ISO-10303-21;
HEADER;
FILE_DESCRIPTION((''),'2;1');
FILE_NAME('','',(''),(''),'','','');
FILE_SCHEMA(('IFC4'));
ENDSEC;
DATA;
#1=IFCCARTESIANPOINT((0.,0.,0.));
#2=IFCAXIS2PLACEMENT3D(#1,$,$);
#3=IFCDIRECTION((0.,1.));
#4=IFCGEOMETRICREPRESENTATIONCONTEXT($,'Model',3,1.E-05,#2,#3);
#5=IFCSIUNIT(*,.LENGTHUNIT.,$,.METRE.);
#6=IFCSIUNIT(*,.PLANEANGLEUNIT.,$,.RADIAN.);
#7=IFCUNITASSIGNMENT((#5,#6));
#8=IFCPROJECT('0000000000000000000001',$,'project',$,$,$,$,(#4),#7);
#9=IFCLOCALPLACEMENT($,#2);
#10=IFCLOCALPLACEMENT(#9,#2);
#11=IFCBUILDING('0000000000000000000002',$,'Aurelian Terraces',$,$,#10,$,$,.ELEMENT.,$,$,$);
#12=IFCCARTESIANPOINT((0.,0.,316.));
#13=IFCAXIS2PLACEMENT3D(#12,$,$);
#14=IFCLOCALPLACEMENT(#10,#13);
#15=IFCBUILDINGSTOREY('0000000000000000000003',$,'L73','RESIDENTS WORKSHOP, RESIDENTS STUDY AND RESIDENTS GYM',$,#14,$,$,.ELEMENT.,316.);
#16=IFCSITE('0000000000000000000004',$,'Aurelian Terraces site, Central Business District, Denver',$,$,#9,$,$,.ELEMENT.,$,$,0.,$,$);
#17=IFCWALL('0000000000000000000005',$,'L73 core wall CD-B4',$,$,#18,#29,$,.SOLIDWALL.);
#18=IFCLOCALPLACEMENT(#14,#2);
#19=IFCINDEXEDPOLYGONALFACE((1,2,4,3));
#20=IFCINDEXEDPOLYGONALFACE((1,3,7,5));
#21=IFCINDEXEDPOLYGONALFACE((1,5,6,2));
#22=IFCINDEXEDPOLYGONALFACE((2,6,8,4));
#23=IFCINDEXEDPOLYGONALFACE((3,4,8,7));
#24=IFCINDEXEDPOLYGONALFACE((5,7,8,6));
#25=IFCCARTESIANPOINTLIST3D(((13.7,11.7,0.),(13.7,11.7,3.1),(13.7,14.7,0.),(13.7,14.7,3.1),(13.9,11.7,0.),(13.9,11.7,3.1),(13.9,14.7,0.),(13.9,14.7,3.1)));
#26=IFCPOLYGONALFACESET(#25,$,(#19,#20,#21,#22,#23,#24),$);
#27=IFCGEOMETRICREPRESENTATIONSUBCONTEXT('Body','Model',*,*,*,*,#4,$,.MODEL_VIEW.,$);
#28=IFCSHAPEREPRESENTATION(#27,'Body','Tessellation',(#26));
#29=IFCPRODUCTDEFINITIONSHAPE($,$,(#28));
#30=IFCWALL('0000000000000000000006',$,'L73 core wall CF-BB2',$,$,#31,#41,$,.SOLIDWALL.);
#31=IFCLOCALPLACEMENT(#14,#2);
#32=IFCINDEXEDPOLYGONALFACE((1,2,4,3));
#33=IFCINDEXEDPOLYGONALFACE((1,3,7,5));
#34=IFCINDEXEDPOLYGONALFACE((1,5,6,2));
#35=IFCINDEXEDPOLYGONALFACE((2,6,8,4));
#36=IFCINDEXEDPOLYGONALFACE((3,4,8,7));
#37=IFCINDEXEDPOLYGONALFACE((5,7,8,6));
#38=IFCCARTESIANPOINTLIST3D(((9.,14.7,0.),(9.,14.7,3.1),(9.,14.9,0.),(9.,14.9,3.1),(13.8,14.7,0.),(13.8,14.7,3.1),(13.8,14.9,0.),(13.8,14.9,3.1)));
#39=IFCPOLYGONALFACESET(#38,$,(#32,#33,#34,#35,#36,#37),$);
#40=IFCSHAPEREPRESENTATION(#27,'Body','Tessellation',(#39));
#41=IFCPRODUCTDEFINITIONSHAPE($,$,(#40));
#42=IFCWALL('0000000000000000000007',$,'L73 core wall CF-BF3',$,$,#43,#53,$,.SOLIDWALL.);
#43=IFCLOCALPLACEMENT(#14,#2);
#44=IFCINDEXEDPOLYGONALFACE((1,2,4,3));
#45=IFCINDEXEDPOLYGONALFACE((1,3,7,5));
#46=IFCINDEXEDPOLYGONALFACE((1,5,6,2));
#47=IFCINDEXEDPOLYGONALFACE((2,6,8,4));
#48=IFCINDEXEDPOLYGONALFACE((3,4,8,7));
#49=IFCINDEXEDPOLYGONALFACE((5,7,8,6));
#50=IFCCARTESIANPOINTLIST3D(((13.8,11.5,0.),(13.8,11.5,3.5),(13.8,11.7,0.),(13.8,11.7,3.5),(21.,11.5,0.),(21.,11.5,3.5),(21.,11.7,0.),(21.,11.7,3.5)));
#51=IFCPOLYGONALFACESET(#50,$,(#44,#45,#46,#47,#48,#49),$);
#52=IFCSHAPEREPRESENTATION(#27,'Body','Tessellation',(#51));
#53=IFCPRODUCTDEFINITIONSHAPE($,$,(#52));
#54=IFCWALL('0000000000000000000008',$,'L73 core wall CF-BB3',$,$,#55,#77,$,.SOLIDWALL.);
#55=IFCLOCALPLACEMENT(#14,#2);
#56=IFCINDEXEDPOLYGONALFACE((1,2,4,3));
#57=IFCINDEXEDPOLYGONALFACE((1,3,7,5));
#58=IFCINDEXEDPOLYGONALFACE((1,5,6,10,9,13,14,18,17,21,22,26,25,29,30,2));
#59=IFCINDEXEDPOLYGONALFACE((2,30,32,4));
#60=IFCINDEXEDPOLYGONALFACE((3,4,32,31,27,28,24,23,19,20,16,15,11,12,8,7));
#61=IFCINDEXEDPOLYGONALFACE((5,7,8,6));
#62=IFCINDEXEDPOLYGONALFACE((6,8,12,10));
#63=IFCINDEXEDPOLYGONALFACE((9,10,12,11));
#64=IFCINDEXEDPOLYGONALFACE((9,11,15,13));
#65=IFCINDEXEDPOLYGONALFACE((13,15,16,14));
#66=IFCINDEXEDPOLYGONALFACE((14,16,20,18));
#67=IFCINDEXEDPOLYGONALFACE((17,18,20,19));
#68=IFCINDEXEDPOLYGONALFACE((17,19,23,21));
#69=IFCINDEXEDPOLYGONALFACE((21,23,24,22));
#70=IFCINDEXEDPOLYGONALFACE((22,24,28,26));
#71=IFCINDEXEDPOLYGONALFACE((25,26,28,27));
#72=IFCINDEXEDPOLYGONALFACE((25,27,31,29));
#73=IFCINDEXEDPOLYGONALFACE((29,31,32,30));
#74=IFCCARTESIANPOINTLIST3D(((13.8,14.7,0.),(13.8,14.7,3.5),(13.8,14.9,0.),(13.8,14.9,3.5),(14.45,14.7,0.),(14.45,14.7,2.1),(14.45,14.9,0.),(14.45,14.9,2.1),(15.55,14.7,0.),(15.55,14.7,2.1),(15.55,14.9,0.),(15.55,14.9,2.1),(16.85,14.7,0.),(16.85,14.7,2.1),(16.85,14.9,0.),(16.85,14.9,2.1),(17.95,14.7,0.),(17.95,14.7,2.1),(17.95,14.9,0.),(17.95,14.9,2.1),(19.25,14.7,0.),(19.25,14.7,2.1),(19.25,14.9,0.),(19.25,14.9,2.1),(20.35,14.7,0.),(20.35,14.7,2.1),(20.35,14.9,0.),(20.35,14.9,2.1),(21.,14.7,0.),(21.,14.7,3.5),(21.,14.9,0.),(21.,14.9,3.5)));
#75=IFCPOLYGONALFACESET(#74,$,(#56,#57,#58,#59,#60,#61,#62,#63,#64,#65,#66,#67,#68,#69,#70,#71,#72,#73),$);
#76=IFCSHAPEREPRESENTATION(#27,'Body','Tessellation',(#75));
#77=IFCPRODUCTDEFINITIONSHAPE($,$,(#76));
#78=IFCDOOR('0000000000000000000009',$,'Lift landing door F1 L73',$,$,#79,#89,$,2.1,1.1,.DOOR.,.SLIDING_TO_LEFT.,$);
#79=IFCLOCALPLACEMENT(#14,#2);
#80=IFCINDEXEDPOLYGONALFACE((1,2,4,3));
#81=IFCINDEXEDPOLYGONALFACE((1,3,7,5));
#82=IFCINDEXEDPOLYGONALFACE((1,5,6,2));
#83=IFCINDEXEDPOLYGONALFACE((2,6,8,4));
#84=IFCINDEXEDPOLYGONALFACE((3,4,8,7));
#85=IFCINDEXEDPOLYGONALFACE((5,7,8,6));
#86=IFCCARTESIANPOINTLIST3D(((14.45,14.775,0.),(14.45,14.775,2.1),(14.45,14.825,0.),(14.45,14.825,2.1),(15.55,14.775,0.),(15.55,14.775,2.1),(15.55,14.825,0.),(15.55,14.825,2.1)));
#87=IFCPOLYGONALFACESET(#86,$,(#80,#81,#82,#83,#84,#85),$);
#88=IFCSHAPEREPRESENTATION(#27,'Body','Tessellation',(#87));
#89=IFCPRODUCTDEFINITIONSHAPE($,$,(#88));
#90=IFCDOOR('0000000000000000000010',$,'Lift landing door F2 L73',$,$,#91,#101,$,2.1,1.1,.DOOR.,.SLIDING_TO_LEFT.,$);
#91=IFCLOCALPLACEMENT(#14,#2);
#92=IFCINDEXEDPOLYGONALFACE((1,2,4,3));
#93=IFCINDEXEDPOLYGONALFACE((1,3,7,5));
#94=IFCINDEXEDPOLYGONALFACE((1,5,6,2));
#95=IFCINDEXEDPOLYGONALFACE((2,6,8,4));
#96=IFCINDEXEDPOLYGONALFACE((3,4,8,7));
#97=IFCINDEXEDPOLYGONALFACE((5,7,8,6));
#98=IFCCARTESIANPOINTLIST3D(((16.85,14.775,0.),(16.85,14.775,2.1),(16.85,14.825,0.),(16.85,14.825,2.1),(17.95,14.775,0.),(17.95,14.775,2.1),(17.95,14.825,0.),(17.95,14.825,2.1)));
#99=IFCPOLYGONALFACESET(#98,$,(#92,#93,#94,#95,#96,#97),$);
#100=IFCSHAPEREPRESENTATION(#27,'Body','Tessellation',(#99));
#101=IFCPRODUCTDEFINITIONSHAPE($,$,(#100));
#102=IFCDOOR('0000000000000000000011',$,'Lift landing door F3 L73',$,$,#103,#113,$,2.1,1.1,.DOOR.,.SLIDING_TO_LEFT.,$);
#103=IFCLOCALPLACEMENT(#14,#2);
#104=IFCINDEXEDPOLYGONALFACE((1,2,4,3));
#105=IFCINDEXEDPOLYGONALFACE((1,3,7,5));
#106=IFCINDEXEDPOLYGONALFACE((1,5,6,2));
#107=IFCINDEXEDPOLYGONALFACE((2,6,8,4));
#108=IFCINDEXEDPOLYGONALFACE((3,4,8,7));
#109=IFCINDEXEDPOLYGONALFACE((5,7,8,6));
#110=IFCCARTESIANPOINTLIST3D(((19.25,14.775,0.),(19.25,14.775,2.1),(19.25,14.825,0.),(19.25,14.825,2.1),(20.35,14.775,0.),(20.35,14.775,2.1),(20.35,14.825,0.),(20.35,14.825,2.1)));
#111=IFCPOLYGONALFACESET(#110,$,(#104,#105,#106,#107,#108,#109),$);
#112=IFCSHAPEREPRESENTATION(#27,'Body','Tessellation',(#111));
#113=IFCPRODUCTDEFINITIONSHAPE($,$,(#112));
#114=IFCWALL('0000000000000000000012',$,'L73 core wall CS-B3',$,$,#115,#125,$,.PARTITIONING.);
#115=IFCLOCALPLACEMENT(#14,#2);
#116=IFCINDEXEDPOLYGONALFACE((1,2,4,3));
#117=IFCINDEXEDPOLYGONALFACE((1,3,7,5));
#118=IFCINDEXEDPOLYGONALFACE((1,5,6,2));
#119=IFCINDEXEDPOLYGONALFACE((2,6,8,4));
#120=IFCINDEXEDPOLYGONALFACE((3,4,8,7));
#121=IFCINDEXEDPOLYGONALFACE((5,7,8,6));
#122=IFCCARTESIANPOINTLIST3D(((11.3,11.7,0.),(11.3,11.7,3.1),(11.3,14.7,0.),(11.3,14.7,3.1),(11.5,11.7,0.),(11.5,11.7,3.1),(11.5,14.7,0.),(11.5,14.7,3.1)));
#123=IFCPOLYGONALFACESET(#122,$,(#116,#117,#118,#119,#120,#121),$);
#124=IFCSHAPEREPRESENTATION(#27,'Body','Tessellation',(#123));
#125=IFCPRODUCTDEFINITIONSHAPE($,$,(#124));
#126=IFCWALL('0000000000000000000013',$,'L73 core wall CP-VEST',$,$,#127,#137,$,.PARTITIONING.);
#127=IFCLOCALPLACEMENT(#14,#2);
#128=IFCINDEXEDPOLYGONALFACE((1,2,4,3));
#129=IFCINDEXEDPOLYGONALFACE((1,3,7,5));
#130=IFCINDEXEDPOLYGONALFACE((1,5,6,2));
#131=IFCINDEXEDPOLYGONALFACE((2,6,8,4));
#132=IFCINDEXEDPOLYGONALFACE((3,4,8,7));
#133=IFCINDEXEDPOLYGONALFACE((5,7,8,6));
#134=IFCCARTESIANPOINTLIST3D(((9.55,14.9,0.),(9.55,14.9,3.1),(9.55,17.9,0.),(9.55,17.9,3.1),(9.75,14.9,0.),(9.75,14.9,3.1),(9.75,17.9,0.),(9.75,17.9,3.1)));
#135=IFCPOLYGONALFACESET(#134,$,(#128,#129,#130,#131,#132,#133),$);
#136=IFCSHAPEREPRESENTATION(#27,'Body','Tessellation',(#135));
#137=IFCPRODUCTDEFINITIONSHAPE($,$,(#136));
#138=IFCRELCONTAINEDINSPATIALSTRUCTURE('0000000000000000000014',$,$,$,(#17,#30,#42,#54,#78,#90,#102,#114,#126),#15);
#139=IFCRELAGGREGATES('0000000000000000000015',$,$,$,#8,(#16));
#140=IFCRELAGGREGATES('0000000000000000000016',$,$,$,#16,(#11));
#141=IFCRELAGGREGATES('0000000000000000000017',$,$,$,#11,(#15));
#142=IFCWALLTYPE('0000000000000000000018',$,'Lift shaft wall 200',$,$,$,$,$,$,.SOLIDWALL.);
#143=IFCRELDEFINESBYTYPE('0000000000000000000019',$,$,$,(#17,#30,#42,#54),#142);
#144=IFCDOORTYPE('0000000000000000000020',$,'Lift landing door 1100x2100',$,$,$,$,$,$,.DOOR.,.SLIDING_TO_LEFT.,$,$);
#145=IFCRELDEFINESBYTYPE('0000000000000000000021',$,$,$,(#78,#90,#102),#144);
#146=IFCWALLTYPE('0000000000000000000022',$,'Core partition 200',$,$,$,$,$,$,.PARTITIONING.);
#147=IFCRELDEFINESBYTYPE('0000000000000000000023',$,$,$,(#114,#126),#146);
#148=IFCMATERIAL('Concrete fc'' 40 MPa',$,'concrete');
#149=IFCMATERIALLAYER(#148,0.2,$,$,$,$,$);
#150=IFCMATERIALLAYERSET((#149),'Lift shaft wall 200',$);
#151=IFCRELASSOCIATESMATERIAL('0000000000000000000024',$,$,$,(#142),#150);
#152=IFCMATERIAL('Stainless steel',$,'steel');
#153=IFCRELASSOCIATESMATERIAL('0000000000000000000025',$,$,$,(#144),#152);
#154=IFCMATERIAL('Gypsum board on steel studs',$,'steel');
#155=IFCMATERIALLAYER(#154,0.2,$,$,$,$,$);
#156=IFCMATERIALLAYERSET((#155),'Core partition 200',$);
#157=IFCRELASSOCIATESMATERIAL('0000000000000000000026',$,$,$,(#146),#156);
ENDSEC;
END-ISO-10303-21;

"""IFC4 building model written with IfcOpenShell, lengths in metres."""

from ifc_helpers import new_model, si_unit, direction, frame, frame_2d, origin, place, context, subcontext, project, spatial, rectangle, extrude, source, transform, mapped, material, layer, layer_set, type_object, element, fill, save


model = new_model("IFC4")

# Units and contexts
model_context = context("Model", 3, precision=1e-05, world=origin(), true_north=direction((0.0, 1.0)))
body_context = subcontext(model_context, "Body", "Model", "MODEL_VIEW")
ifc_project = project(units=[si_unit("LENGTHUNIT", "METRE"), si_unit("PLANEANGLEUNIT", "RADIAN")], contexts=[model_context])

# Site, building, storey
site_placement = place(None, origin())
site = spatial("IfcSite", under=ifc_project, at=site_placement, Name="Aurelian Terraces site, Central Business District, Denver", CompositionType="ELEMENT", RefElevation=0.0)
building_placement = place(site_placement, origin())
building = spatial("IfcBuilding", under=site, at=building_placement, Name="Aurelian Terraces", CompositionType="ELEMENT")
storey_placement = place(building_placement, frame((0.0, 0.0, 316.0)))
storey = spatial("IfcBuildingStorey", under=building, at=storey_placement, Name="L73", Description="RESIDENTS WORKSHOP, RESIDENTS STUDY AND RESIDENTS GYM", CompositionType="ELEMENT", Elevation=316.0)

# Walls
ifc_material_1 = material(Name="Concrete fc' 40 MPa", Category="concrete")
ifc_layer_1 = layer(ifc_material_1, 0.2)
ifc_layer_set_1 = layer_set([ifc_layer_1], Name="Lift shaft wall 200")
wall_type_1 = type_object("IfcWallType", Name="Lift shaft wall 200", PredefinedType="SOLIDWALL", material=ifc_layer_set_1)
shared_shape_1 = source(origin(), body_context, "Body", "SweptSolid", [
    extrude(rectangle(XDim=3.0, YDim=0.2, at=frame_2d((1.5, 0.0))), origin(), (0.0, 0.0, 1.0), 3.1),
])
wall_1_placement = place(storey_placement, frame((13.8, 11.7, 0.0), z_axis=(0.0, 0.0, 1.0), x_axis=(0.0, 1.0, 0.0)))
element("IfcWall", 1, at=wall_1_placement, inside=storey, type_object=wall_type_1, Name="L73 core wall CD-B4", PredefinedType="SOLIDWALL", context=body_context, shape_type="MappedRepresentation", body=[
    mapped(shared_shape_1, transform((0.0, 0.0, 0.0), scale=1.0)),
])
shared_shape_2 = source(origin(), body_context, "Body", "SweptSolid", [
    extrude(rectangle(XDim=4.8, YDim=0.2, at=frame_2d((2.4, 0.0))), origin(), (0.0, 0.0, 1.0), 3.1),
])
wall_2_placement = place(storey_placement, frame((9.0, 14.8, 0.0), z_axis=(0.0, 0.0, 1.0), x_axis=(1.0, 0.0, 0.0)))
element("IfcWall", 2, at=wall_2_placement, inside=storey, type_object=wall_type_1, Name="L73 core wall CF-BB2", PredefinedType="SOLIDWALL", context=body_context, shape_type="MappedRepresentation", body=[
    mapped(shared_shape_2, transform((0.0, 0.0, 0.0), scale=1.0)),
])
shared_shape_3 = source(origin(), body_context, "Body", "SweptSolid", [
    extrude(rectangle(XDim=7.2, YDim=0.2, at=frame_2d((3.6, 0.0))), origin(), (0.0, 0.0, 1.0), 3.5),
])
wall_3_placement = place(storey_placement, frame((13.8, 11.6, 0.0), z_axis=(0.0, 0.0, 1.0), x_axis=(1.0, 0.0, 0.0)))
element("IfcWall", 3, at=wall_3_placement, inside=storey, type_object=wall_type_1, Name="L73 core wall CF-BF3", PredefinedType="SOLIDWALL", context=body_context, shape_type="MappedRepresentation", body=[
    mapped(shared_shape_3, transform((0.0, 0.0, 0.0), scale=1.0)),
])

# Wall, openings, doors
wall_4_placement = place(storey_placement, frame((13.8, 14.8, 0.0), z_axis=(0.0, 0.0, 1.0), x_axis=(1.0, 0.0, 0.0)))
wall_4 = element("IfcWall", 4, at=wall_4_placement, inside=storey, type_object=wall_type_1, Name="L73 core wall CF-BB3", PredefinedType="SOLIDWALL", context=body_context, shape_type="MappedRepresentation", body=[
    mapped(shared_shape_3, transform((0.0, 0.0, 0.0), scale=1.0)),
])
shared_shape_4 = source(origin(), body_context, "Body", "SweptSolid", [
    extrude(rectangle(XDim=1.1, YDim=2.1, at=frame_2d((0.55, 1.05))), frame((0.0, 0.11, 0.0), z_axis=(0.0, -1.0, 0.0), x_axis=(1.0, 0.0, 0.0)), (0.0, 0.0, 1.0), 0.22),
])
opening_1_placement = place(wall_4_placement, frame((0.65, 0.0, 0.0)))
opening_1 = element("IfcOpeningElement", 5, at=opening_1_placement, cuts=wall_4, PredefinedType="OPENING", context=body_context, shape_type="MappedRepresentation", body=[
    mapped(shared_shape_4, transform((0.0, 0.0, 0.0), scale=1.0)),
])
opening_2_placement = place(wall_4_placement, frame((3.05, 0.0, 0.0)))
opening_2 = element("IfcOpeningElement", 6, at=opening_2_placement, cuts=wall_4, PredefinedType="OPENING", context=body_context, shape_type="MappedRepresentation", body=[
    mapped(shared_shape_4, transform((0.0, 0.0, 0.0), scale=1.0)),
])
opening_3_placement = place(wall_4_placement, frame((5.45, 0.0, 0.0)))
opening_3 = element("IfcOpeningElement", 7, at=opening_3_placement, cuts=wall_4, PredefinedType="OPENING", context=body_context, shape_type="MappedRepresentation", body=[
    mapped(shared_shape_4, transform((0.0, 0.0, 0.0), scale=1.0)),
])
ifc_material_2 = material(Name="Stainless steel", Category="steel")
door_type_1 = type_object("IfcDoorType", Name="Lift landing door 1100x2100", OperationType="SLIDING_TO_LEFT", PredefinedType="DOOR", material=ifc_material_2)
shared_shape_5 = source(origin(), body_context, "Body", "SweptSolid", [
    extrude(rectangle(XDim=1.1, YDim=2.1, at=frame_2d((0.55, 1.05))), frame((0.0, 0.025, 0.0), z_axis=(0.0, -1.0, 0.0), x_axis=(1.0, 0.0, 0.0)), (0.0, 0.0, 1.0), 0.05),
])
door_1_placement = place(opening_1_placement, origin())
door_1 = element("IfcDoor", 8, at=door_1_placement, inside=storey, type_object=door_type_1, Name="Lift landing door F1 L73", OperationType="SLIDING_TO_LEFT", OverallHeight=2.1, OverallWidth=1.1, PredefinedType="DOOR", context=body_context, shape_type="MappedRepresentation", body=[
    mapped(shared_shape_5, transform((0.0, 0.0, 0.0), scale=1.0)),
])
fill(opening_1, door_1)
door_2_placement = place(opening_2_placement, origin())
door_2 = element("IfcDoor", 9, at=door_2_placement, inside=storey, type_object=door_type_1, Name="Lift landing door F2 L73", OperationType="SLIDING_TO_LEFT", OverallHeight=2.1, OverallWidth=1.1, PredefinedType="DOOR", context=body_context, shape_type="MappedRepresentation", body=[
    mapped(shared_shape_5, transform((0.0, 0.0, 0.0), scale=1.0)),
])
fill(opening_2, door_2)
door_3_placement = place(opening_3_placement, origin())
door_3 = element("IfcDoor", 10, at=door_3_placement, inside=storey, type_object=door_type_1, Name="Lift landing door F3 L73", OperationType="SLIDING_TO_LEFT", OverallHeight=2.1, OverallWidth=1.1, PredefinedType="DOOR", context=body_context, shape_type="MappedRepresentation", body=[
    mapped(shared_shape_5, transform((0.0, 0.0, 0.0), scale=1.0)),
])
fill(opening_3, door_3)

# Walls
ifc_material_3 = material(Name="Gypsum board on steel studs", Category="steel")
ifc_layer_2 = layer(ifc_material_3, 0.2)
ifc_layer_set_2 = layer_set([ifc_layer_2], Name="Core partition 200")
wall_type_2 = type_object("IfcWallType", Name="Core partition 200", PredefinedType="PARTITIONING", material=ifc_layer_set_2)
shared_shape_6 = source(origin(), body_context, "Body", "SweptSolid", [
    extrude(rectangle(XDim=3.0, YDim=0.2, at=frame_2d((1.5, 0.0))), origin(), (0.0, 0.0, 1.0), 3.1),
])
for number, where, z_axis, x_axis, name in (
    (11, (11.4, 11.7, 0.0), (0.0, 0.0, 1.0), (0.0, 1.0, 0.0), "L73 core wall CS-B3"),
    (12, (9.65, 14.9, 0.0), (0.0, 0.0, 1.0), (0.0, 1.0, 0.0), "L73 core wall CP-VEST"),
):
    element("IfcWall", number, at=place(storey_placement, frame(where, z_axis=z_axis, x_axis=x_axis)), inside=storey, type_object=wall_type_2, Name=name, PredefinedType="PARTITIONING", context=body_context, shape_type="MappedRepresentation", body=[
        mapped(shared_shape_6, transform((0.0, 0.0, 0.0), scale=1.0)),
    ])

save(model, "model.ifc")
